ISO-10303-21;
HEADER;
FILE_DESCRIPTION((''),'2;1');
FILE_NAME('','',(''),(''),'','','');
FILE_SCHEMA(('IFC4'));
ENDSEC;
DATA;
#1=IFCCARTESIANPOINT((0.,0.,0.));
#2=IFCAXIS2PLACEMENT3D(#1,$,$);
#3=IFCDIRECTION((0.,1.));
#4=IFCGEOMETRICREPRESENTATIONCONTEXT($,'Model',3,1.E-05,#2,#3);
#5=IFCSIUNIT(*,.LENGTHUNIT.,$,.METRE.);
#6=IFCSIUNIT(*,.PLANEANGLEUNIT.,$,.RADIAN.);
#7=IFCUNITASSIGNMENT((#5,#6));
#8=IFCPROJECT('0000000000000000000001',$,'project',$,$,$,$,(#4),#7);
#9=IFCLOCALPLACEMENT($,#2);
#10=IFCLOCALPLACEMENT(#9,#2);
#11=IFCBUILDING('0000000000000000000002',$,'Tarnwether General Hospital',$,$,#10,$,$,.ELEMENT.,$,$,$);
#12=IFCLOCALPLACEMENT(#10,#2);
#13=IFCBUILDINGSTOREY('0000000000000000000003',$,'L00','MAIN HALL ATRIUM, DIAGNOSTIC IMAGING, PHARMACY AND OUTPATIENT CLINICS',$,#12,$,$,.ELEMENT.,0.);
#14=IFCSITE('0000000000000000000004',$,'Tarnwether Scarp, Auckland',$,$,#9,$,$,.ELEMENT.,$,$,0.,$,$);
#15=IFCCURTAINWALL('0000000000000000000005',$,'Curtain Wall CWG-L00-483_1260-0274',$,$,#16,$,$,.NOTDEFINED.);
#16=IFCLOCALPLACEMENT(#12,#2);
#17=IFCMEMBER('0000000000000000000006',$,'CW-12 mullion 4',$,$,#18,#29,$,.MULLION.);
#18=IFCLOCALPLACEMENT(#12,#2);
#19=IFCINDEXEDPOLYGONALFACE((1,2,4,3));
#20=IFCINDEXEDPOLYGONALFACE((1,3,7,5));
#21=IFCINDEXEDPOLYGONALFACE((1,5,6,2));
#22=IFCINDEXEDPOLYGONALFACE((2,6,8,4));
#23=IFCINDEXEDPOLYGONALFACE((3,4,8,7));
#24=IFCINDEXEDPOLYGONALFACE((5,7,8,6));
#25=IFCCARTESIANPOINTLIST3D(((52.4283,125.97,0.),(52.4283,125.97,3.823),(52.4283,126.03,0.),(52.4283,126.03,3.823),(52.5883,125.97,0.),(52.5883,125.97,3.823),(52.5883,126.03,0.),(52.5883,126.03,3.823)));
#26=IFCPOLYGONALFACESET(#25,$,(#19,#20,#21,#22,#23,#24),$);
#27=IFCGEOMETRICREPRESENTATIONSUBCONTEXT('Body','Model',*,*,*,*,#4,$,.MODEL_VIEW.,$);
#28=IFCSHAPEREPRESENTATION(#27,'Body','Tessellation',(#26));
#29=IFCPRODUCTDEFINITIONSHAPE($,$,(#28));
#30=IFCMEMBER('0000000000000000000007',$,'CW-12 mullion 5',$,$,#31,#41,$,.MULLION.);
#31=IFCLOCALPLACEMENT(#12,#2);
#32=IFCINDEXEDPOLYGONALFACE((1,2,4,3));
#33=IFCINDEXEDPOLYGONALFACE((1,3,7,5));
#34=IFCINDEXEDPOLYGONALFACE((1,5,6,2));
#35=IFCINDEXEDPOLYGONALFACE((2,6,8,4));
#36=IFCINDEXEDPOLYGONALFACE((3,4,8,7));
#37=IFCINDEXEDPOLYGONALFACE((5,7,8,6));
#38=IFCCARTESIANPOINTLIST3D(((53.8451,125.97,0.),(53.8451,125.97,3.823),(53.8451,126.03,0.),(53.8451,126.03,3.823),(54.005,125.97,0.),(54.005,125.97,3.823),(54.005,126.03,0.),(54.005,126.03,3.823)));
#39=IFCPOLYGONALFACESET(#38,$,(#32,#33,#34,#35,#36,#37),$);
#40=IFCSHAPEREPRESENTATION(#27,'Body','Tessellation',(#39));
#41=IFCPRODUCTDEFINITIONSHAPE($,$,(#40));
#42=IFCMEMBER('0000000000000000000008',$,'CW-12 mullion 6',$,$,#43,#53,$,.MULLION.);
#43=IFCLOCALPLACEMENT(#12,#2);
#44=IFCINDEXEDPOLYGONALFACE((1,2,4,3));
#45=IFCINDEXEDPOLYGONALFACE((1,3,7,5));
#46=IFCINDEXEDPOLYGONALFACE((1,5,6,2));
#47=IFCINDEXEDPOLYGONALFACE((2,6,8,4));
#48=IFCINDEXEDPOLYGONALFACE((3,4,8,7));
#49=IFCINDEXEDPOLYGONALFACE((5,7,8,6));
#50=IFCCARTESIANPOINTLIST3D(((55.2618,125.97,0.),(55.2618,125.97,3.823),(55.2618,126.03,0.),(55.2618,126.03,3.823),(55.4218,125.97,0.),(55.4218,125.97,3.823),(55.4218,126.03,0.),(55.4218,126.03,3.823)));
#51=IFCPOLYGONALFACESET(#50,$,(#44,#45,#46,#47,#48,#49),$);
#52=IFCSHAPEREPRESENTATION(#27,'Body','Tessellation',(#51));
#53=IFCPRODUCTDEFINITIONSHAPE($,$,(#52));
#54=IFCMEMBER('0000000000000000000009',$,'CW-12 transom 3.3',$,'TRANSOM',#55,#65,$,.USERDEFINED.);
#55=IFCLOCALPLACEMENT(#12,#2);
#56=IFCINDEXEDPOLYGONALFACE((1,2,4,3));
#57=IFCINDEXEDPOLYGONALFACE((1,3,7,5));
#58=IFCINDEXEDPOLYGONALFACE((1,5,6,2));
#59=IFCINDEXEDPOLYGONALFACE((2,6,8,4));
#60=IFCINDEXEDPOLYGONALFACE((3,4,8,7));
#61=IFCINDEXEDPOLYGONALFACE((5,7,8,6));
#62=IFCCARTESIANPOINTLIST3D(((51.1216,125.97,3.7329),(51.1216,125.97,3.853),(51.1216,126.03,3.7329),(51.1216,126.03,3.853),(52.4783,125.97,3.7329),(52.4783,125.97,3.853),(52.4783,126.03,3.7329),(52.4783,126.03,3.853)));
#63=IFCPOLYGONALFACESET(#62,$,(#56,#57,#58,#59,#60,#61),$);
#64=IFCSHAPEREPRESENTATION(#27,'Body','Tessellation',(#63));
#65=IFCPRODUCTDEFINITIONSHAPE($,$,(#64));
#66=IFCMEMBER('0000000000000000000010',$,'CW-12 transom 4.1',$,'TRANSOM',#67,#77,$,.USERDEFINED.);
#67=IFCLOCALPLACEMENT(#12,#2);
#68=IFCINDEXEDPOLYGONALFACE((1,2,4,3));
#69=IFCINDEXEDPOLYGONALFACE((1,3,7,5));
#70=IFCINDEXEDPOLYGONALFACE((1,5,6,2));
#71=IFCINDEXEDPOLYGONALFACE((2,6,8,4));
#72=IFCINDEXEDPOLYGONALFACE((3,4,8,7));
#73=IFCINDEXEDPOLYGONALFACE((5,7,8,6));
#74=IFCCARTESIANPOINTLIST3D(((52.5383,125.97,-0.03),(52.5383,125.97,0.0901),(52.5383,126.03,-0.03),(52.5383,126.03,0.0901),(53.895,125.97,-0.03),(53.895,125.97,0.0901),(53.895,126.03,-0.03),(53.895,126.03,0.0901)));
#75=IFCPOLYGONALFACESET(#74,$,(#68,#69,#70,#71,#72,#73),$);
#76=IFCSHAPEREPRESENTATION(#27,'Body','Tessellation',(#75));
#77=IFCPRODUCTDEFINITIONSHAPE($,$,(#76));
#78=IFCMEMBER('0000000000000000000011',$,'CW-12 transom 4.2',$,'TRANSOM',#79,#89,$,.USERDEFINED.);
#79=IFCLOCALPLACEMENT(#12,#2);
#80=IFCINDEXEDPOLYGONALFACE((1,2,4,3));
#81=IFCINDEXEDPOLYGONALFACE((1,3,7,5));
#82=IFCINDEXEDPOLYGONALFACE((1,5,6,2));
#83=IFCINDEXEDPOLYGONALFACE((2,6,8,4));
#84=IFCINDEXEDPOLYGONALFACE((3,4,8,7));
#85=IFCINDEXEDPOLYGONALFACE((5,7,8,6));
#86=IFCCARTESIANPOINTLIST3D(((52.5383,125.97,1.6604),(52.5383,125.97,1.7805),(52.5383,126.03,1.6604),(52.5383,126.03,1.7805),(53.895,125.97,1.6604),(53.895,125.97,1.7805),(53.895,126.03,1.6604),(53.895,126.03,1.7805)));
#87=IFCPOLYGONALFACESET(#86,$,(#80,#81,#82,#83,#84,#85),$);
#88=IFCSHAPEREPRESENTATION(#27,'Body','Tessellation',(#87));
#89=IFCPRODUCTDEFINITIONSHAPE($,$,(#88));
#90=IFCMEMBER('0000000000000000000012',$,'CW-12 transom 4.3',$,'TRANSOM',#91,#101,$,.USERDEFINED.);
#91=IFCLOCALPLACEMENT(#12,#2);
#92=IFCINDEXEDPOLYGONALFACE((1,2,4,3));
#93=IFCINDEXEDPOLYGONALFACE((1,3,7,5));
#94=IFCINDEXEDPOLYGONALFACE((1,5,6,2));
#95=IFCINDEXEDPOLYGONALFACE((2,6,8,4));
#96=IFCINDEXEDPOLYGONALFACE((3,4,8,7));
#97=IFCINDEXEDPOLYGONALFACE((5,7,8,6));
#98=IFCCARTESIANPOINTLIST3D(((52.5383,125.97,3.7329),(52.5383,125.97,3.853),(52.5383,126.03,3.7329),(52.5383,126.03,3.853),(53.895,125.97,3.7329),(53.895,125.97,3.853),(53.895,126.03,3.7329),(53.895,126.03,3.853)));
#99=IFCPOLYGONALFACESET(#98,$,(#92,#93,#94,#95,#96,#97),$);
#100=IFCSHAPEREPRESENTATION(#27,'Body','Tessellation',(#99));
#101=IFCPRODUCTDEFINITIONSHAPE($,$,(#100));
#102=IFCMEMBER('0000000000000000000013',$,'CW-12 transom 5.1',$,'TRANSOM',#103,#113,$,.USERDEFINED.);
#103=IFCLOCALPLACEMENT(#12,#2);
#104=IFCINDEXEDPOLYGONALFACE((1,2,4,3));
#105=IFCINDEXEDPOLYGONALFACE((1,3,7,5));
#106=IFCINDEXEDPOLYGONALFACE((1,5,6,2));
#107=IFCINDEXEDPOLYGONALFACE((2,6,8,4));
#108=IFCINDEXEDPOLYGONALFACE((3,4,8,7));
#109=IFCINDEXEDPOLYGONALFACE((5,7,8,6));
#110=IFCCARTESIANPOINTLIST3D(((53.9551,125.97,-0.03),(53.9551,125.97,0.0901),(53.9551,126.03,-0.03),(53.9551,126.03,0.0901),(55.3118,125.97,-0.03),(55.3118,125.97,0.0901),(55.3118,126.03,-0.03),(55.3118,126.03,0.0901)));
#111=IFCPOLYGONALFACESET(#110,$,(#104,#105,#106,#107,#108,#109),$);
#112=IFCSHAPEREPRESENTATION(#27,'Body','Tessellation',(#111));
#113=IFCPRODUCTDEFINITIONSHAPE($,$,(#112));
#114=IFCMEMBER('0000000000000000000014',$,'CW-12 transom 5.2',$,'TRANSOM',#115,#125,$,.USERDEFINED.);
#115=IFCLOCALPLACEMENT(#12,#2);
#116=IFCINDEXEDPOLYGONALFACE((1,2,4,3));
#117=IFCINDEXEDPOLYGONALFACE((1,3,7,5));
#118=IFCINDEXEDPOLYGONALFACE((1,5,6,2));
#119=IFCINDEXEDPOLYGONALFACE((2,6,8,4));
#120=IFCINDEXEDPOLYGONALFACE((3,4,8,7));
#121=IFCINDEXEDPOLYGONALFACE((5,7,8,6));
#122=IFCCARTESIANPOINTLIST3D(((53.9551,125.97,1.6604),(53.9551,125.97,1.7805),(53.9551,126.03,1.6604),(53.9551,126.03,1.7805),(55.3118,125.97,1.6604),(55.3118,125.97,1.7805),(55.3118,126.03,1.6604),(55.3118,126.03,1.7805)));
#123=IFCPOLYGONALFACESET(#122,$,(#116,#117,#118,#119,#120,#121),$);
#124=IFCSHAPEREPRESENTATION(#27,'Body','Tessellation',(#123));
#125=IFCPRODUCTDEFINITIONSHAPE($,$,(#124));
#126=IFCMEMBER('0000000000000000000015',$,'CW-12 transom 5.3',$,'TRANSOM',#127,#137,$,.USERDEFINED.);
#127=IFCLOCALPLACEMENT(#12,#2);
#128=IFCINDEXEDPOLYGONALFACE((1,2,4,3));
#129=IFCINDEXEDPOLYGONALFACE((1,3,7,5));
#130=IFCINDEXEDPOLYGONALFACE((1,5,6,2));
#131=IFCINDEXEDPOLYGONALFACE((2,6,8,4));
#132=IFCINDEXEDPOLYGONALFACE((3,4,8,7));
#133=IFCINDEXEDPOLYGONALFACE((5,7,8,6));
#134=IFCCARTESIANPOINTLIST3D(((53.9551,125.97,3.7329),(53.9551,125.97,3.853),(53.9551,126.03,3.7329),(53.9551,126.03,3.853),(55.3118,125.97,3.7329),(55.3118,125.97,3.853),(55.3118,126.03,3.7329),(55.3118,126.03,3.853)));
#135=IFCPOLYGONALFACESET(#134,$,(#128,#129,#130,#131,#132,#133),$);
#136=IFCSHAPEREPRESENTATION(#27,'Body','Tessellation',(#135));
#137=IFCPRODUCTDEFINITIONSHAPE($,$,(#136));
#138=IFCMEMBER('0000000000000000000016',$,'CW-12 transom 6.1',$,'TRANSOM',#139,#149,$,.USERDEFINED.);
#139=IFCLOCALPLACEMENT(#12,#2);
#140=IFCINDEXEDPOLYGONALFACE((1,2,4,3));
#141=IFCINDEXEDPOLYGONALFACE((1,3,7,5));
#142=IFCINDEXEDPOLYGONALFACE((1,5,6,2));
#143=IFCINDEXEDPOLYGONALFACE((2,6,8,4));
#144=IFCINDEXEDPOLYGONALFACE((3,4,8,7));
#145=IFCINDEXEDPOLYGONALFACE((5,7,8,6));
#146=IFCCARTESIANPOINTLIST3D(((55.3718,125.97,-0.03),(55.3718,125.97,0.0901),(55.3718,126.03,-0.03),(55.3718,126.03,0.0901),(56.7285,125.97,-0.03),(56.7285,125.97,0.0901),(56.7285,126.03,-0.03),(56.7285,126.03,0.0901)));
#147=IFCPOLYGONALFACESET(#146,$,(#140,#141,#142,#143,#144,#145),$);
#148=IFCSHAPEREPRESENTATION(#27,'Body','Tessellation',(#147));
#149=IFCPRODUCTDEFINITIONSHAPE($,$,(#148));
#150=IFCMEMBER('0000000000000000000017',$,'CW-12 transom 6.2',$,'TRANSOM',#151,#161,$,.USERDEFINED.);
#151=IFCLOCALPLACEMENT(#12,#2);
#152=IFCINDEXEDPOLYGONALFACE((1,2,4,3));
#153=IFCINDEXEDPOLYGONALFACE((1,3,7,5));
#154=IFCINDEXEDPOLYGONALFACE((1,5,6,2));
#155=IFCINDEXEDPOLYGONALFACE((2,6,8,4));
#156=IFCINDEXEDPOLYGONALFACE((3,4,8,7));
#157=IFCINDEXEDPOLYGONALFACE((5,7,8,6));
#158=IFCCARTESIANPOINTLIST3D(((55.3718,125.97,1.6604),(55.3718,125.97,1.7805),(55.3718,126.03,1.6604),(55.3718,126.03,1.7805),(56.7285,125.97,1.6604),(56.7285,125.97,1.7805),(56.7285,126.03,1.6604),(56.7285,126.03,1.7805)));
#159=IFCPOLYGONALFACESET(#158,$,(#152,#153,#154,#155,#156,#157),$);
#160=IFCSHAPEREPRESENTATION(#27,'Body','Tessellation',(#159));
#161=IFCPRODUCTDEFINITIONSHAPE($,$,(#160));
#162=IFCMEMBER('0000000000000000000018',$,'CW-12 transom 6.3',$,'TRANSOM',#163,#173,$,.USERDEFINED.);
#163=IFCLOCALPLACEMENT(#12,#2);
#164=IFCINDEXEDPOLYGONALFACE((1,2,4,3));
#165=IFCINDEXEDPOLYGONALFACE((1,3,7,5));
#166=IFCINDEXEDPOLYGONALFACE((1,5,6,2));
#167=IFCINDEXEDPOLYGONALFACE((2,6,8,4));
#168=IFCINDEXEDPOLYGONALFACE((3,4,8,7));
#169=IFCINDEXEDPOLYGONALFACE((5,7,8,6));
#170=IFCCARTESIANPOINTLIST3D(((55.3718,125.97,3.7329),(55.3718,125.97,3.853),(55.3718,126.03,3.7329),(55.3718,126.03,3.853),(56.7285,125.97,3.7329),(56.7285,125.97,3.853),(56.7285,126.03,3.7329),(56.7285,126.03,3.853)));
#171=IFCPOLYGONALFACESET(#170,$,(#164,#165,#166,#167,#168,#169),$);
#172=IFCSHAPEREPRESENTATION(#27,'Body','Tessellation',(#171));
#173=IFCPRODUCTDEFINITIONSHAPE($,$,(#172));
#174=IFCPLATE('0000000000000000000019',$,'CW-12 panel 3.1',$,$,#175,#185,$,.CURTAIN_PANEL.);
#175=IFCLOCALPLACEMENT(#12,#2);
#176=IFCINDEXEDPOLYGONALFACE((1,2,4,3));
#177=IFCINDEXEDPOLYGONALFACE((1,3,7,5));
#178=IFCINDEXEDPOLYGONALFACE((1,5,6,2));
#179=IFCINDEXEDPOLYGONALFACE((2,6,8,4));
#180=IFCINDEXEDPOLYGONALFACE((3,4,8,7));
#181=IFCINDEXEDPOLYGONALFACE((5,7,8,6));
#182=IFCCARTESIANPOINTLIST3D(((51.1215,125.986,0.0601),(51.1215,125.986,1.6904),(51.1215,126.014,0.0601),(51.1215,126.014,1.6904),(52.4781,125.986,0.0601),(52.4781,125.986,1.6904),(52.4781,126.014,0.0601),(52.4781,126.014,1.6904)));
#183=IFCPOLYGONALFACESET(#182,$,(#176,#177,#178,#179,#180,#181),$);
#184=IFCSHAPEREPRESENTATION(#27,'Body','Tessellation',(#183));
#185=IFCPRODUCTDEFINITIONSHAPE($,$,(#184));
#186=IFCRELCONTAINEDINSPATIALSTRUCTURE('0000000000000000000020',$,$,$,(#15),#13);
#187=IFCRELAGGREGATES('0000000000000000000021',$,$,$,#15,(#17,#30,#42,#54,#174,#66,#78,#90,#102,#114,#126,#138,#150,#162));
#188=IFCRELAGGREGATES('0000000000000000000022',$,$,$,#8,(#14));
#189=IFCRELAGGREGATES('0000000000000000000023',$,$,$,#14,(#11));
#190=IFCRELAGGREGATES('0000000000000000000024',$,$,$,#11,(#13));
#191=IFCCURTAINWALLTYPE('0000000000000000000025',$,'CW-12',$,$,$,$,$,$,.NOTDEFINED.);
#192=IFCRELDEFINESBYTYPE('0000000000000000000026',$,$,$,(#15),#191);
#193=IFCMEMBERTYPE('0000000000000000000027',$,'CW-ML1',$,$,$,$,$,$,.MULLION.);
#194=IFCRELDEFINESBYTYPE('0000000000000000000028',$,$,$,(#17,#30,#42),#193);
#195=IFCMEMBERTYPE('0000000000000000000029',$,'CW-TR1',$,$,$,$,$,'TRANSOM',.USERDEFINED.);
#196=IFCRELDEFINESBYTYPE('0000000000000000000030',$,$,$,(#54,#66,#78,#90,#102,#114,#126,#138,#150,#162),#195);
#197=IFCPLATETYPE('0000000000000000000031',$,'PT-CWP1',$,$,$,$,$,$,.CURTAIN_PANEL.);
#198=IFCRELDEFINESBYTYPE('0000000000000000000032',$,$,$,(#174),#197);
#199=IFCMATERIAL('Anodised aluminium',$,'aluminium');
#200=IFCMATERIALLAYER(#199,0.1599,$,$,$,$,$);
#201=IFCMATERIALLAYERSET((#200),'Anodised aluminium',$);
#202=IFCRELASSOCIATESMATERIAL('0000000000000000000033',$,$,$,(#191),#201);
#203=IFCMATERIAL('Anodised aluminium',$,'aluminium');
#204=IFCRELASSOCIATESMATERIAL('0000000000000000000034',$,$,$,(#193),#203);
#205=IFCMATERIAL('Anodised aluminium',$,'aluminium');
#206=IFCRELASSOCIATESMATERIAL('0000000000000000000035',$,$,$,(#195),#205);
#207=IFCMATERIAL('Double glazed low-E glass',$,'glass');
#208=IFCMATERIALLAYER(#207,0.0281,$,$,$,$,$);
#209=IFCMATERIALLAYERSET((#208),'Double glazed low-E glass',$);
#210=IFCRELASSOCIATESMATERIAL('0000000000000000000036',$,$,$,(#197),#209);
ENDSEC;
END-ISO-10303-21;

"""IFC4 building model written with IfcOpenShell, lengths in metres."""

from ifc_helpers import new_model, si_unit, direction, frame, origin, origin_2d, place, context, subcontext, project, spatial, rectangle, extrude, material, layer, layer_set, material_profile, profile_set, type_object, element, aggregate, save


model = new_model("IFC4")

# Units and contexts
model_context = context("Model", 3, precision=1e-05, world=origin(), true_north=direction((0.0, 1.0)))
body_context = subcontext(model_context, "Body", "Model", "MODEL_VIEW")
ifc_project = project(units=[si_unit("LENGTHUNIT", "METRE"), si_unit("PLANEANGLEUNIT", "RADIAN")], contexts=[model_context])

# Site, building, storey
site_placement = place(None, origin())
site = spatial("IfcSite", under=ifc_project, at=site_placement, Name="Tarnwether Scarp, Auckland", CompositionType="ELEMENT", RefElevation=0.0)
building_placement = place(site_placement, origin())
building = spatial("IfcBuilding", under=site, at=building_placement, Name="Tarnwether General Hospital", CompositionType="ELEMENT")
storey_placement = place(building_placement, origin())
storey = spatial("IfcBuildingStorey", under=building, at=storey_placement, Name="L00", Description="MAIN HALL ATRIUM, DIAGNOSTIC IMAGING, PHARMACY AND OUTPATIENT CLINICS", CompositionType="ELEMENT", Elevation=0.0)

# Curtain wall, members, plate
ifc_material_1 = material(Name="Anodised aluminium", Category="aluminium")
ifc_layer_1 = layer(ifc_material_1, 0.1599)
ifc_layer_set_1 = layer_set([ifc_layer_1], Name="Anodised aluminium")
curtain_wall_type = type_object("IfcCurtainWallType", Name="CW-12", PredefinedType="NOTDEFINED", material=ifc_layer_set_1)
curtain_wall_placement = place(storey_placement, origin())
curtain_wall = element("IfcCurtainWall", 1, at=curtain_wall_placement, inside=storey, type_object=curtain_wall_type, Name="Curtain Wall CWG-L00-483_1260-0274", PredefinedType="NOTDEFINED")
ifc_material_2 = material(Name="Anodised aluminium", Category="aluminium")
ifc_material_profile_1 = material_profile(ifc_material_2, rectangle(XDim=0.0601, YDim=0.1599, at=origin_2d()), Name="ALU-MUL-60x160")
ifc_profile_set_1 = profile_set([ifc_material_profile_1], Name="Anodised aluminium")
member_type_1 = type_object("IfcMemberType", Name="CW-ML1", PredefinedType="MULLION", material=ifc_profile_set_1)
member_1_placement = place(storey_placement, frame((52.5083, 126.0, 0.0), z_axis=(0.0, 0.0, 1.0), x_axis=(0.0, 1.0, 0.0)))
member_1 = element("IfcMember", 2, at=member_1_placement, type_object=member_type_1, Name="CW-12 mullion 4", PredefinedType="MULLION", context=body_context, shape_type="SweptSolid", body=[
    extrude(rectangle(XDim=0.0601, YDim=0.1599, at=origin_2d()), origin(), (0.0, 0.0, 1.0), 3.823),
])
member_2_placement = place(storey_placement, frame((53.925, 126.0, 0.0), z_axis=(0.0, 0.0, 1.0), x_axis=(0.0, 1.0, 0.0)))
member_2 = element("IfcMember", 3, at=member_2_placement, type_object=member_type_1, Name="CW-12 mullion 5", PredefinedType="MULLION", context=body_context, shape_type="SweptSolid", body=[
    extrude(rectangle(XDim=0.0601, YDim=0.1599, at=origin_2d()), origin(), (0.0, 0.0, 1.0), 3.823),
])
member_3_placement = place(storey_placement, frame((55.3418, 126.0, 0.0), z_axis=(0.0, 0.0, 1.0), x_axis=(0.0, 1.0, 0.0)))
member_3 = element("IfcMember", 4, at=member_3_placement, type_object=member_type_1, Name="CW-12 mullion 6", PredefinedType="MULLION", context=body_context, shape_type="SweptSolid", body=[
    extrude(rectangle(XDim=0.0601, YDim=0.1599, at=origin_2d()), origin(), (0.0, 0.0, 1.0), 3.823),
])
ifc_material_3 = material(Name="Anodised aluminium", Category="aluminium")
ifc_material_profile_2 = material_profile(ifc_material_3, rectangle(XDim=0.0601, YDim=0.1201, at=origin_2d()), Name="ALU-TRN-60x120")
ifc_profile_set_2 = profile_set([ifc_material_profile_2], Name="Anodised aluminium")
member_type_2 = type_object("IfcMemberType", Name="CW-TR1", ElementType="TRANSOM", PredefinedType="USERDEFINED", material=ifc_profile_set_2)
member_4_placement = place(storey_placement, frame((51.1216, 126.0, 3.793), z_axis=(1.0, 0.0, 0.0), x_axis=(0.0, 1.0, 0.0)))
member_4 = element("IfcMember", 5, at=member_4_placement, type_object=member_type_2, Name="CW-12 transom 3.3", ObjectType="TRANSOM", PredefinedType="USERDEFINED", context=body_context, shape_type="SweptSolid", body=[
    extrude(rectangle(XDim=0.0601, YDim=0.1201, at=origin_2d()), origin(), (0.0, 0.0, 1.0), 1.3567),
])
member_5_placement = place(storey_placement, frame((52.5383, 126.0, 0.03), z_axis=(1.0, 0.0, 0.0), x_axis=(0.0, 1.0, 0.0)))
member_5 = element("IfcMember", 6, at=member_5_placement, type_object=member_type_2, Name="CW-12 transom 4.1", ObjectType="TRANSOM", PredefinedType="USERDEFINED", context=body_context, shape_type="SweptSolid", body=[
    extrude(rectangle(XDim=0.0601, YDim=0.1201, at=origin_2d()), origin(), (0.0, 0.0, 1.0), 1.3567),
])
member_6_placement = place(storey_placement, frame((52.5383, 126.0, 1.7205), z_axis=(1.0, 0.0, 0.0), x_axis=(0.0, 1.0, 0.0)))
member_6 = element("IfcMember", 7, at=member_6_placement, type_object=member_type_2, Name="CW-12 transom 4.2", ObjectType="TRANSOM", PredefinedType="USERDEFINED", context=body_context, shape_type="SweptSolid", body=[
    extrude(rectangle(XDim=0.0601, YDim=0.1201, at=origin_2d()), origin(), (0.0, 0.0, 1.0), 1.3567),
])
member_7_placement = place(storey_placement, frame((52.5383, 126.0, 3.793), z_axis=(1.0, 0.0, 0.0), x_axis=(0.0, 1.0, 0.0)))
member_7 = element("IfcMember", 8, at=member_7_placement, type_object=member_type_2, Name="CW-12 transom 4.3", ObjectType="TRANSOM", PredefinedType="USERDEFINED", context=body_context, shape_type="SweptSolid", body=[
    extrude(rectangle(XDim=0.0601, YDim=0.1201, at=origin_2d()), origin(), (0.0, 0.0, 1.0), 1.3567),
])
member_8_placement = place(storey_placement, frame((53.9551, 126.0, 0.03), z_axis=(1.0, 0.0, 0.0), x_axis=(0.0, 1.0, 0.0)))
member_8 = element("IfcMember", 9, at=member_8_placement, type_object=member_type_2, Name="CW-12 transom 5.1", ObjectType="TRANSOM", PredefinedType="USERDEFINED", context=body_context, shape_type="SweptSolid", body=[
    extrude(rectangle(XDim=0.0601, YDim=0.1201, at=origin_2d()), origin(), (0.0, 0.0, 1.0), 1.3567),
])
member_9_placement = place(storey_placement, frame((53.9551, 126.0, 1.7205), z_axis=(1.0, 0.0, 0.0), x_axis=(0.0, 1.0, 0.0)))
member_9 = element("IfcMember", 10, at=member_9_placement, type_object=member_type_2, Name="CW-12 transom 5.2", ObjectType="TRANSOM", PredefinedType="USERDEFINED", context=body_context, shape_type="SweptSolid", body=[
    extrude(rectangle(XDim=0.0601, YDim=0.1201, at=origin_2d()), origin(), (0.0, 0.0, 1.0), 1.3567),
])
member_10_placement = place(storey_placement, frame((53.9551, 126.0, 3.793), z_axis=(1.0, 0.0, 0.0), x_axis=(0.0, 1.0, 0.0)))
member_10 = element("IfcMember", 11, at=member_10_placement, type_object=member_type_2, Name="CW-12 transom 5.3", ObjectType="TRANSOM", PredefinedType="USERDEFINED", context=body_context, shape_type="SweptSolid", body=[
    extrude(rectangle(XDim=0.0601, YDim=0.1201, at=origin_2d()), origin(), (0.0, 0.0, 1.0), 1.3567),
])
member_11_placement = place(storey_placement, frame((55.3718, 126.0, 0.03), z_axis=(1.0, 0.0, 0.0), x_axis=(0.0, 1.0, 0.0)))
member_11 = element("IfcMember", 12, at=member_11_placement, type_object=member_type_2, Name="CW-12 transom 6.1", ObjectType="TRANSOM", PredefinedType="USERDEFINED", context=body_context, shape_type="SweptSolid", body=[
    extrude(rectangle(XDim=0.0601, YDim=0.1201, at=origin_2d()), origin(), (0.0, 0.0, 1.0), 1.3567),
])
member_12_placement = place(storey_placement, frame((55.3718, 126.0, 1.7205), z_axis=(1.0, 0.0, 0.0), x_axis=(0.0, 1.0, 0.0)))
member_12 = element("IfcMember", 13, at=member_12_placement, type_object=member_type_2, Name="CW-12 transom 6.2", ObjectType="TRANSOM", PredefinedType="USERDEFINED", context=body_context, shape_type="SweptSolid", body=[
    extrude(rectangle(XDim=0.0601, YDim=0.1201, at=origin_2d()), origin(), (0.0, 0.0, 1.0), 1.3567),
])
member_13_placement = place(storey_placement, frame((55.3718, 126.0, 3.793), z_axis=(1.0, 0.0, 0.0), x_axis=(0.0, 1.0, 0.0)))
member_13 = element("IfcMember", 14, at=member_13_placement, type_object=member_type_2, Name="CW-12 transom 6.3", ObjectType="TRANSOM", PredefinedType="USERDEFINED", context=body_context, shape_type="SweptSolid", body=[
    extrude(rectangle(XDim=0.0601, YDim=0.1201, at=origin_2d()), origin(), (0.0, 0.0, 1.0), 1.3567),
])
ifc_material_4 = material(Name="Double glazed low-E glass", Category="glass")
ifc_layer_2 = layer(ifc_material_4, 0.0281)
ifc_layer_set_2 = layer_set([ifc_layer_2], Name="Double glazed low-E glass")
plate_type = type_object("IfcPlateType", Name="PT-CWP1", PredefinedType="CURTAIN_PANEL", material=ifc_layer_set_2)
plate_1_placement = place(storey_placement, frame((51.7998, 126.0, 0.0601), z_axis=(0.0, 0.0, 1.0), x_axis=(1.0, 0.0, 0.0)))
plate_1 = element("IfcPlate", 15, at=plate_1_placement, type_object=plate_type, Name="CW-12 panel 3.1", PredefinedType="CURTAIN_PANEL", context=body_context, shape_type="SweptSolid", body=[
    extrude(rectangle(XDim=1.3567, YDim=0.0281, at=origin_2d()), origin(), (0.0, 0.0, 1.0), 1.6304),
])
aggregate(curtain_wall, [member_1, member_2, member_3, member_4, plate_1, member_5, member_6, member_7, member_8, member_9, member_10, member_11, member_12, member_13])

save(model, "model.ifc")
